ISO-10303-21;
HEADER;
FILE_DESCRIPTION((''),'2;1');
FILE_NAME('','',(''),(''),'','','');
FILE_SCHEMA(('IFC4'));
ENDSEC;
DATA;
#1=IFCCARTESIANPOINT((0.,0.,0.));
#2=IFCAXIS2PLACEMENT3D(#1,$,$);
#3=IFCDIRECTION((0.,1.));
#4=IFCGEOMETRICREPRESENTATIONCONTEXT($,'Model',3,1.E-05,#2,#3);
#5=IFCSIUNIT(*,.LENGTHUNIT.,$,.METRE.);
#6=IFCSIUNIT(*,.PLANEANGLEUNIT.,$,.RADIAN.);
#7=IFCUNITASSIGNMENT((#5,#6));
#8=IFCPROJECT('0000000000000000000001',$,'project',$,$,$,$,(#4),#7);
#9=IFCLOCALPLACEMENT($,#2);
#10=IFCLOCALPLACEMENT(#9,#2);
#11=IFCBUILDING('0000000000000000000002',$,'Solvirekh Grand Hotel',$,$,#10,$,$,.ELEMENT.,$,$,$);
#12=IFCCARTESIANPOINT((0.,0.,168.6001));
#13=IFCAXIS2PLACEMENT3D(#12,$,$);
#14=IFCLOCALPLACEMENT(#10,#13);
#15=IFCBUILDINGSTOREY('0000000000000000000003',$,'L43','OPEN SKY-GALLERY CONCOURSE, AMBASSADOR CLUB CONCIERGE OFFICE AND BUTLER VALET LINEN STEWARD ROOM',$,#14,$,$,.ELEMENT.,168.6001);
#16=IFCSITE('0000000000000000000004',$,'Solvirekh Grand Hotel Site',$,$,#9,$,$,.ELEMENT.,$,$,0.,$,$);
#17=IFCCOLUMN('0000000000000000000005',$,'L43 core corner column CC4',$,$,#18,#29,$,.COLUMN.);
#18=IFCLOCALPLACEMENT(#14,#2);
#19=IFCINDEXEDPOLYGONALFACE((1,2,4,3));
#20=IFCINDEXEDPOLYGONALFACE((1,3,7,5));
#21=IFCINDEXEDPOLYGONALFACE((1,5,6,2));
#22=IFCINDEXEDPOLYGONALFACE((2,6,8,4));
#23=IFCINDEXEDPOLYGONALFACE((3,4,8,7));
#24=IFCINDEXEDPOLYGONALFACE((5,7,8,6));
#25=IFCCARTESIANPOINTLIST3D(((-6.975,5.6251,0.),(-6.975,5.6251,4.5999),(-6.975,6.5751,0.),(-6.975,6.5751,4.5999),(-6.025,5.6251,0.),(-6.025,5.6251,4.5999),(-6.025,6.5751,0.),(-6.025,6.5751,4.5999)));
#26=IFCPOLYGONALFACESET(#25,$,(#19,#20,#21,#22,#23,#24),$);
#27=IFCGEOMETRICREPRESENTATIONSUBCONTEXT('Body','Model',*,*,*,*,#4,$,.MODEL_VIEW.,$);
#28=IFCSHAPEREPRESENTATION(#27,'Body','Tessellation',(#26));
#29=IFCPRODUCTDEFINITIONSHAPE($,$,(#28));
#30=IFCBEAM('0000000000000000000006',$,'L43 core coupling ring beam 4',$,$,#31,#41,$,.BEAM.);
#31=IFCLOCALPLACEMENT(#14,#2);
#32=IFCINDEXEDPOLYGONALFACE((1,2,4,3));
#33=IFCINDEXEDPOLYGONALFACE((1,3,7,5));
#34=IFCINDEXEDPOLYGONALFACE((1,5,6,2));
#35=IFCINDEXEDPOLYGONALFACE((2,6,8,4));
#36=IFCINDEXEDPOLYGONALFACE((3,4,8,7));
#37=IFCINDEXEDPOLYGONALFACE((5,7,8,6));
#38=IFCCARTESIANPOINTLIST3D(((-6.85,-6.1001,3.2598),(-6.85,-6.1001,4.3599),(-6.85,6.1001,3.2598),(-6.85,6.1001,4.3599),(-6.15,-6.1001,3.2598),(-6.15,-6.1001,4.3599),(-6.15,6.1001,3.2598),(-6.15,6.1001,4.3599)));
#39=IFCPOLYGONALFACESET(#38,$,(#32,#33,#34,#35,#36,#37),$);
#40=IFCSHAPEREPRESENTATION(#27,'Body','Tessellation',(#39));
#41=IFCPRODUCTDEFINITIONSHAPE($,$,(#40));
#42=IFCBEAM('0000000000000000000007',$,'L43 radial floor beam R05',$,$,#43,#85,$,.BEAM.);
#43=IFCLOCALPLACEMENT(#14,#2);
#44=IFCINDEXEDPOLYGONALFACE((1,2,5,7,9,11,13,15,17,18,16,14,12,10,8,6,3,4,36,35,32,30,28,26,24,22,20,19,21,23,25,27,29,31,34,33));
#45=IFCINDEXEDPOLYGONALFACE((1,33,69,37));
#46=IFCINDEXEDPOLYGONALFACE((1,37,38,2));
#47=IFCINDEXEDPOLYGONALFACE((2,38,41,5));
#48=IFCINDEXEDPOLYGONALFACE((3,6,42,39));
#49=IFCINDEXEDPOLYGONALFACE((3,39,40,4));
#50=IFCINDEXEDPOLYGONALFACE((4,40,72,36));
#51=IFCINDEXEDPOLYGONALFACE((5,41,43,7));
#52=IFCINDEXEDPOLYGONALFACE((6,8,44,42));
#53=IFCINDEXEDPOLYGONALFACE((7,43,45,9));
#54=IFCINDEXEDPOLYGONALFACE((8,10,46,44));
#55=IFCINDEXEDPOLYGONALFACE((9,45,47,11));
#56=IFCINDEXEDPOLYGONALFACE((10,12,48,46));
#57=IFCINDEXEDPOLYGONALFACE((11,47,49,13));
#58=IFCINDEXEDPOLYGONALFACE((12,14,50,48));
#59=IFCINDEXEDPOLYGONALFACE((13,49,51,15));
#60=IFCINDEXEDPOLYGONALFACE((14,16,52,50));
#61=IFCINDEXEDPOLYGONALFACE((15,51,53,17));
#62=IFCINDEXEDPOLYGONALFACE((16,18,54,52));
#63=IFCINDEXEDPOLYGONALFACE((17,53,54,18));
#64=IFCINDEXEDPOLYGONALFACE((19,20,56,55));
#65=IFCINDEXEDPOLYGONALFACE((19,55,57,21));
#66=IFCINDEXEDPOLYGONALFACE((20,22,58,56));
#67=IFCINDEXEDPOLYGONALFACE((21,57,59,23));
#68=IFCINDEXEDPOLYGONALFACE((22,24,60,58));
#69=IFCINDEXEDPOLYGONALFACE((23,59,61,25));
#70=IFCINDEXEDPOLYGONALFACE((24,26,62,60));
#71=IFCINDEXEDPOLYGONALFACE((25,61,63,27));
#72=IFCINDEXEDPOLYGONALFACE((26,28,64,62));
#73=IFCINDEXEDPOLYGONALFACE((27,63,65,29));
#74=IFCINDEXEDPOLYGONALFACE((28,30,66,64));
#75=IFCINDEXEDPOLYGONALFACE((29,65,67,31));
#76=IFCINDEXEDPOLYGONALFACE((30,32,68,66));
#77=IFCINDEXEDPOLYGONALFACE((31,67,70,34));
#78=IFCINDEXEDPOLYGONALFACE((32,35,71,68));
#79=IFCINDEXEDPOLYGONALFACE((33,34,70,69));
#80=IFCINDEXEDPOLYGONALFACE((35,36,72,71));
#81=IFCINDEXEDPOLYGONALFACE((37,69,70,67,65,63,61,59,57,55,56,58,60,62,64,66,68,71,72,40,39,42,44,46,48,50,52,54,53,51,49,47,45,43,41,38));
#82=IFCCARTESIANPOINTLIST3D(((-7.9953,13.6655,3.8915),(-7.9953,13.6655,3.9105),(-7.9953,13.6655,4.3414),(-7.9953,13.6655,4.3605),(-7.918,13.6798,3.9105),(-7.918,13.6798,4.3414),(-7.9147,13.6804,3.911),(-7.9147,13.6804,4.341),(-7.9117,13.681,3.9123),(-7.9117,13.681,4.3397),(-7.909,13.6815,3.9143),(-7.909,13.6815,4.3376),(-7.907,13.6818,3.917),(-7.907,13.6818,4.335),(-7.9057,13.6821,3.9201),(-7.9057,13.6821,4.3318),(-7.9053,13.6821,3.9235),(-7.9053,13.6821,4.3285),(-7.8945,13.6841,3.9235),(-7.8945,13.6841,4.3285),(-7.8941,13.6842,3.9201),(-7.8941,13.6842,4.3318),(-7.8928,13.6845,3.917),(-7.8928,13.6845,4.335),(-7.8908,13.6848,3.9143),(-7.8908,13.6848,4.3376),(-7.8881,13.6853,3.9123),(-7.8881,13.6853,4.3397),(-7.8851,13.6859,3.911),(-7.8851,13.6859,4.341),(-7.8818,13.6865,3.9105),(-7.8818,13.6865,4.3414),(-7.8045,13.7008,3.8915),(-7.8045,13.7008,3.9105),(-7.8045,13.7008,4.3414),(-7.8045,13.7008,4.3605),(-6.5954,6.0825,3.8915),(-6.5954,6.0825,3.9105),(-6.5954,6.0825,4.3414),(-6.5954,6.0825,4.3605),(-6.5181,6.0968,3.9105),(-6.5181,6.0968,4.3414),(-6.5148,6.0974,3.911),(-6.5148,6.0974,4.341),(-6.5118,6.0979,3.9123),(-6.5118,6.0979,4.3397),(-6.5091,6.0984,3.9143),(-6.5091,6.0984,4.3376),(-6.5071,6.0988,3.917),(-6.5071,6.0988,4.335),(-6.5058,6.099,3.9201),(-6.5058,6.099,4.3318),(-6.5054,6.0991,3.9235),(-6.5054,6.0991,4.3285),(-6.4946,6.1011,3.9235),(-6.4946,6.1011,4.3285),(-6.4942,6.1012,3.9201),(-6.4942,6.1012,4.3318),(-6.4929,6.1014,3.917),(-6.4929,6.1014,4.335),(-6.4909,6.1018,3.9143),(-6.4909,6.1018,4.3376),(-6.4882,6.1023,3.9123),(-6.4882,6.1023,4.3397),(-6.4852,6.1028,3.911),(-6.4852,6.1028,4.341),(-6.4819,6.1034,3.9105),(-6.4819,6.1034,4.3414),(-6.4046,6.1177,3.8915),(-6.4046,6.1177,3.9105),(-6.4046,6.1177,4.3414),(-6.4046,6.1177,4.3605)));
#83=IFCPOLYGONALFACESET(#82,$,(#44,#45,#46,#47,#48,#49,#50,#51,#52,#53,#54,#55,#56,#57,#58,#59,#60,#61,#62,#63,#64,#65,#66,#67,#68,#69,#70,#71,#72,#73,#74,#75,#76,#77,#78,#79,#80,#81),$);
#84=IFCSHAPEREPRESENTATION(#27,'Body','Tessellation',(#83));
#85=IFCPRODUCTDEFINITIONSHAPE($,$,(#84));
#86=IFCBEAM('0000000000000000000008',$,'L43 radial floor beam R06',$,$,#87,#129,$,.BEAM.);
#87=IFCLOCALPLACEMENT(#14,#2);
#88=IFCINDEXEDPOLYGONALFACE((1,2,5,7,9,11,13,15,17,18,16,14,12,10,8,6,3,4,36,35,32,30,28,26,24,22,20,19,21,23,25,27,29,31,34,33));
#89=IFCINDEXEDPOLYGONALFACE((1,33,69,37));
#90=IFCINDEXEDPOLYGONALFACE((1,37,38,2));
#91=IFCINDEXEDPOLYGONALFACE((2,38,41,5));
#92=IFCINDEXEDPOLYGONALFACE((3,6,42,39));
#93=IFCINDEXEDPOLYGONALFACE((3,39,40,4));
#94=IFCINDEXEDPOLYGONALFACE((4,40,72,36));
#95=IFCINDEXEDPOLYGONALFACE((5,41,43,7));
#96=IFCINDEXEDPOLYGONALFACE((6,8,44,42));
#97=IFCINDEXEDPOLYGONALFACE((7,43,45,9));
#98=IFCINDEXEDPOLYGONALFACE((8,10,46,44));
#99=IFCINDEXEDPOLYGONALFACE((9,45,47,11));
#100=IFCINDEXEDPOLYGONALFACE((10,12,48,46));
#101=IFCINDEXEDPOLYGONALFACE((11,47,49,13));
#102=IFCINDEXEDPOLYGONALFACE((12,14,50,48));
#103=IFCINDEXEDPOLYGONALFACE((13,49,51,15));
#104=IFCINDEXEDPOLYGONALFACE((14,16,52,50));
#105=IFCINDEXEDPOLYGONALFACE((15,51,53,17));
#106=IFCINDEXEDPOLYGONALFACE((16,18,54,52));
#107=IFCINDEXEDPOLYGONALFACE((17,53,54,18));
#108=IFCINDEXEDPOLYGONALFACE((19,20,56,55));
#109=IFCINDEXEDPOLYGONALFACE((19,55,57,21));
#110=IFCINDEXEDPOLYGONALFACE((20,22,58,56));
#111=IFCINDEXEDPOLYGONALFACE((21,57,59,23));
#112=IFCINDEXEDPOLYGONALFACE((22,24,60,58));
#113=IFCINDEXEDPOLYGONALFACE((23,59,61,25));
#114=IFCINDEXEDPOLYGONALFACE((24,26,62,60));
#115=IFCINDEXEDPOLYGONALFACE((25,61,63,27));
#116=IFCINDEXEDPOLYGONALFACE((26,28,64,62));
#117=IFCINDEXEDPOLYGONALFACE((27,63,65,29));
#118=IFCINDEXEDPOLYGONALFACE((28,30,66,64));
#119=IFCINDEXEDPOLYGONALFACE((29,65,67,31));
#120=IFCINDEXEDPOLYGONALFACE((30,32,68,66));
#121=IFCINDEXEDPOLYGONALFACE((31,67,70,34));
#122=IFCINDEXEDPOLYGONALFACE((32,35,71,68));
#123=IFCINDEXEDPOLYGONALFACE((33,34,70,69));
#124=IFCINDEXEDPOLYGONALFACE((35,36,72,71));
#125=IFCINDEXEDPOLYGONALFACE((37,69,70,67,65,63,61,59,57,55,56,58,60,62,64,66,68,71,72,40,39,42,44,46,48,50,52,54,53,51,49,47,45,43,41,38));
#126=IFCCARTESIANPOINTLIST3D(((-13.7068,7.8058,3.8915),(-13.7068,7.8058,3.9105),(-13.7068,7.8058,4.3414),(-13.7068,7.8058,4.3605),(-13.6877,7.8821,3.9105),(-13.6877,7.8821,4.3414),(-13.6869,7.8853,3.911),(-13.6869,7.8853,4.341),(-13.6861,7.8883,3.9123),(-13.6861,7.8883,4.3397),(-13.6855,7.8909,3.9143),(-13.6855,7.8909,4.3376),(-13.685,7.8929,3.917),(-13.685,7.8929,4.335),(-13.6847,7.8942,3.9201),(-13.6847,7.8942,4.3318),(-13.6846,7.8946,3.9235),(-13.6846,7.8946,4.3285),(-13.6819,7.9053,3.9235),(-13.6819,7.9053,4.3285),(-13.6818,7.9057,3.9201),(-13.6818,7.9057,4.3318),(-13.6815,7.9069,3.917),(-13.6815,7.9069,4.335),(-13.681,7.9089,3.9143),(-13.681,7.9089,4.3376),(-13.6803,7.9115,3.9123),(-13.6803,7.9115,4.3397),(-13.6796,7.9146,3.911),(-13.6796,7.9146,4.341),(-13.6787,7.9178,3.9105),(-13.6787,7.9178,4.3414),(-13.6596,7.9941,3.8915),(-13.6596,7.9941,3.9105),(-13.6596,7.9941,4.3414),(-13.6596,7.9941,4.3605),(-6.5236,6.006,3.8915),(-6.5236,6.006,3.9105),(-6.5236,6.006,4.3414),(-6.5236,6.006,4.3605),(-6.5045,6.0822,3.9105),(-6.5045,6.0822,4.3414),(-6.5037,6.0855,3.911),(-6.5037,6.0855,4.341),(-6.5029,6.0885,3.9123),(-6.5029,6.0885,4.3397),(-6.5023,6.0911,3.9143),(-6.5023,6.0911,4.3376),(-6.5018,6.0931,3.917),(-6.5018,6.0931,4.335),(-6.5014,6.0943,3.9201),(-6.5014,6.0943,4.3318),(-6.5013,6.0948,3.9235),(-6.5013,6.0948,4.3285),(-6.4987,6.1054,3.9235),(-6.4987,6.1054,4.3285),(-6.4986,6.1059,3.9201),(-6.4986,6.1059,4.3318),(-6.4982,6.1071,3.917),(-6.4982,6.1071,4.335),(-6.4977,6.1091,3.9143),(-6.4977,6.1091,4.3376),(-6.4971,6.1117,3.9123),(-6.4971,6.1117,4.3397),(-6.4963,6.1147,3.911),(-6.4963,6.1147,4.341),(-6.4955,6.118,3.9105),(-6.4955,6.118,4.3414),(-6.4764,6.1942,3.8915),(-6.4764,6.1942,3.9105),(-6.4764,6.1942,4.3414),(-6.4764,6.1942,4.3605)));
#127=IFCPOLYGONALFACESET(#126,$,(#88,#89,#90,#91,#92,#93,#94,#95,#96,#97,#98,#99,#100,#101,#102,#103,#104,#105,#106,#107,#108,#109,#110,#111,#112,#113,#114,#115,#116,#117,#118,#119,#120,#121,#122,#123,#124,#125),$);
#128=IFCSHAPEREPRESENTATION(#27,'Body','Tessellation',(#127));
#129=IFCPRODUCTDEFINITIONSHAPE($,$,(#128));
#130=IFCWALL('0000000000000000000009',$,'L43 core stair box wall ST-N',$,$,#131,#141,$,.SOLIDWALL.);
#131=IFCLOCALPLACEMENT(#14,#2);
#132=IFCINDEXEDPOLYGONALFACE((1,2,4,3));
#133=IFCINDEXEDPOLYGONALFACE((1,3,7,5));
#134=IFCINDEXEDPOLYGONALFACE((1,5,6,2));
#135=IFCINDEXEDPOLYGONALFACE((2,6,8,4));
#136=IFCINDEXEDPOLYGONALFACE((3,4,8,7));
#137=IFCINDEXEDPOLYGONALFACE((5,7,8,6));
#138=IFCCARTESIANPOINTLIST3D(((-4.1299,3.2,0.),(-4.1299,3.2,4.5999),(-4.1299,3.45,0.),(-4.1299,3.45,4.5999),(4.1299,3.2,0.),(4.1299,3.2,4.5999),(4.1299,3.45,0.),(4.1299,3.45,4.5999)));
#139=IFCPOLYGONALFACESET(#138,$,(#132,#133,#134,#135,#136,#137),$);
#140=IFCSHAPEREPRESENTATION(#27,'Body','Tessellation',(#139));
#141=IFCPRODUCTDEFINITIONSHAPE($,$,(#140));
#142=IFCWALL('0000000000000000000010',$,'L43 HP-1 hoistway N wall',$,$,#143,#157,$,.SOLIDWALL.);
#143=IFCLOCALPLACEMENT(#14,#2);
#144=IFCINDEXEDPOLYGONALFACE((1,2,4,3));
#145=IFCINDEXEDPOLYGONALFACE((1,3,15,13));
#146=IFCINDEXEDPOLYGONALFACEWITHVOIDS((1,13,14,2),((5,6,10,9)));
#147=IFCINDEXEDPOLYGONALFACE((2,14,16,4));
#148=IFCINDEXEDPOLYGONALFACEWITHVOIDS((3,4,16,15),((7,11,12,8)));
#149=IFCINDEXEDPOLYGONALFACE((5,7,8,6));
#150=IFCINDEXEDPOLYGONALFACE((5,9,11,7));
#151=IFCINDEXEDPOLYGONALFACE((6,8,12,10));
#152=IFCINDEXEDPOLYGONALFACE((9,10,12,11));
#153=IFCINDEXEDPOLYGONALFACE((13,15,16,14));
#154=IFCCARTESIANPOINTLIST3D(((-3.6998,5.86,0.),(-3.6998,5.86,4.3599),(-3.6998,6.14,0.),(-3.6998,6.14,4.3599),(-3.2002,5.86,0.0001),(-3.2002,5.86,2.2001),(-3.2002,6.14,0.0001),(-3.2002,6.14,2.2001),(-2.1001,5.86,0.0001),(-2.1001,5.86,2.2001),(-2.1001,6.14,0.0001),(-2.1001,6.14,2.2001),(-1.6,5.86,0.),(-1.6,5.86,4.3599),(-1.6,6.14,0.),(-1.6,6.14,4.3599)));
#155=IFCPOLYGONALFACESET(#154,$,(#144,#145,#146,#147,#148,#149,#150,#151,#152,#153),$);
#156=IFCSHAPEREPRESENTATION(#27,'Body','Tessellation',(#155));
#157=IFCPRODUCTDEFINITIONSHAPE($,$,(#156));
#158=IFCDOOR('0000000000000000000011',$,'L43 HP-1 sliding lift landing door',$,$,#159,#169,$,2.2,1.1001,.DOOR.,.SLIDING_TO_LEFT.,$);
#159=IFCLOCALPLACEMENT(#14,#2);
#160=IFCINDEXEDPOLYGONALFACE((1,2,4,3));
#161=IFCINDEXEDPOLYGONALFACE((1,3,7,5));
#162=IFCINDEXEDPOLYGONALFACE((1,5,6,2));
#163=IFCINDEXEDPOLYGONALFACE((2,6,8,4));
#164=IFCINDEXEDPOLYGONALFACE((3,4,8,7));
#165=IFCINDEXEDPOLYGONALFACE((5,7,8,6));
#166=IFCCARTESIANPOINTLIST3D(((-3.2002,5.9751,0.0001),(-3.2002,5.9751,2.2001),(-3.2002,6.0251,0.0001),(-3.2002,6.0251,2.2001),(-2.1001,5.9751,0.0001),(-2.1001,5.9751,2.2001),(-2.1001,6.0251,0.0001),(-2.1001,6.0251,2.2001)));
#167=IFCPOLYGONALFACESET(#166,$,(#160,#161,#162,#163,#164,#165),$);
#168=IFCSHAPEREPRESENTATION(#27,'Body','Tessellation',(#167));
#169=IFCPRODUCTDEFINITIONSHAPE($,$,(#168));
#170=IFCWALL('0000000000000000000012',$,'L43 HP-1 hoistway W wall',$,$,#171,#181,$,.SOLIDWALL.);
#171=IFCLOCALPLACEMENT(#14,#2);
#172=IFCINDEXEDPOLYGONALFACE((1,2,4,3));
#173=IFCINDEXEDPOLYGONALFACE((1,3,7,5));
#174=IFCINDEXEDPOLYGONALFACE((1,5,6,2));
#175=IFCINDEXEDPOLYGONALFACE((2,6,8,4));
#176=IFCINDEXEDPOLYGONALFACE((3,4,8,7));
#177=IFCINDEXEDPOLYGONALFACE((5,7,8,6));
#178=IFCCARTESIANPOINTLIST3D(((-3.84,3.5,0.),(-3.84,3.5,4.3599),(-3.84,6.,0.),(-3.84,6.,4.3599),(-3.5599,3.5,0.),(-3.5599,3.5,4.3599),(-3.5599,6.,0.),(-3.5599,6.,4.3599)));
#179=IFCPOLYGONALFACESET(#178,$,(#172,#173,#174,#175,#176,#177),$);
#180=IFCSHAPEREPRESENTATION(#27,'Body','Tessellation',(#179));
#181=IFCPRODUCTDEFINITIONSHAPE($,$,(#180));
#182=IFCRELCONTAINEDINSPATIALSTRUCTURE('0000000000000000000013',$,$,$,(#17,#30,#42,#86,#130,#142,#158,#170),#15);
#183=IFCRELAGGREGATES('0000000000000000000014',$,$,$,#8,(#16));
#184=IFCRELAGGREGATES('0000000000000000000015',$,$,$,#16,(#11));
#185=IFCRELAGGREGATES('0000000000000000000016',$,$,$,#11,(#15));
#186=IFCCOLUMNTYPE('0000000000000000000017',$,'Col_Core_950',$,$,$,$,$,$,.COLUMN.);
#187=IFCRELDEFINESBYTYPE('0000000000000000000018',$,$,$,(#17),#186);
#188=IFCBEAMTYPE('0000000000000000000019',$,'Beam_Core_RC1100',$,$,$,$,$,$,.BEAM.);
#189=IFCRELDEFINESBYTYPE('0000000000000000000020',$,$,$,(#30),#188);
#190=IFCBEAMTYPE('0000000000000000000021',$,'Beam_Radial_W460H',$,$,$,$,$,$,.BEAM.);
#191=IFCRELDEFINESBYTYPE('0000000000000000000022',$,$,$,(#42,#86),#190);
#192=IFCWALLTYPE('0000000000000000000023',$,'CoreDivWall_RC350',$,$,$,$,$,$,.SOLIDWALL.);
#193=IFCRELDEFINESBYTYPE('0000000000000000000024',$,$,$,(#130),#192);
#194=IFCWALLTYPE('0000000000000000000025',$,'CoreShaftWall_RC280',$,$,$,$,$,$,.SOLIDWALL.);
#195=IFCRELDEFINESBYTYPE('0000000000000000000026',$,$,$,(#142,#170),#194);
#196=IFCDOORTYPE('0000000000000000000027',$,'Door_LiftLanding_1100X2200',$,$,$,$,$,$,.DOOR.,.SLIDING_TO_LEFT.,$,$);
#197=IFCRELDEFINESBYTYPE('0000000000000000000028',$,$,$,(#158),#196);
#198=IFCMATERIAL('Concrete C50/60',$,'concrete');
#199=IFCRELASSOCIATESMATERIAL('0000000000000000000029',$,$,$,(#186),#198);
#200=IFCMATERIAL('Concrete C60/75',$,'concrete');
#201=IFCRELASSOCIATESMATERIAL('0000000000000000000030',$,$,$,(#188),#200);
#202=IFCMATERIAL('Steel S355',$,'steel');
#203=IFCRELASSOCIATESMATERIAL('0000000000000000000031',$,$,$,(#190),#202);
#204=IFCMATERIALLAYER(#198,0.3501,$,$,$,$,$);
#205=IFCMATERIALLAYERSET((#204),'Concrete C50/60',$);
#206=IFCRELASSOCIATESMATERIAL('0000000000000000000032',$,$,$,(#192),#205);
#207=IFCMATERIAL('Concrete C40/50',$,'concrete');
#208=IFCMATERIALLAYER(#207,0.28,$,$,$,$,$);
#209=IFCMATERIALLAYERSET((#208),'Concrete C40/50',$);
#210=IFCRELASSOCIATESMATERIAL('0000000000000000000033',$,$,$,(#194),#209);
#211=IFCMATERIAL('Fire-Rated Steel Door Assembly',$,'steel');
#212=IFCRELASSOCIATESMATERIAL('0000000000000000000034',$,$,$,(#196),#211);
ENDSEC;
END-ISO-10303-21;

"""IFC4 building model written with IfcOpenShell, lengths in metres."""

from ifc_helpers import new_model, si_unit, direction, frame, frame_2d, origin, origin_2d, place, context, subcontext, project, spatial, rectangle, i_section, extrude, material, layer, layer_set, material_profile, profile_set, type_object, element, fill, save


model = new_model("IFC4")

# Units and contexts
model_context = context("Model", 3, precision=1e-05, world=origin(), true_north=direction((0.0, 1.0)))
body_context = subcontext(model_context, "Body", "Model", "MODEL_VIEW")
ifc_project = project(units=[si_unit("LENGTHUNIT", "METRE"), si_unit("PLANEANGLEUNIT", "RADIAN")], contexts=[model_context])

# Site, building, storey
site_placement = place(None, origin())
site = spatial("IfcSite", under=ifc_project, at=site_placement, Name="Solvirekh Grand Hotel Site", CompositionType="ELEMENT", RefElevation=0.0)
building_placement = place(site_placement, origin())
building = spatial("IfcBuilding", under=site, at=building_placement, Name="Solvirekh Grand Hotel", CompositionType="ELEMENT")
storey_placement = place(building_placement, frame((0.0, 0.0, 168.6001)))
storey = spatial("IfcBuildingStorey", under=building, at=storey_placement, Name="L43", Description="OPEN SKY-GALLERY CONCOURSE, AMBASSADOR CLUB CONCIERGE OFFICE AND BUTLER VALET LINEN STEWARD ROOM", CompositionType="ELEMENT", Elevation=168.6001)

# Column
ifc_material_1 = material(Name="Concrete C50/60", Category="concrete")
ifc_material_profile_1 = material_profile(ifc_material_1, rectangle(XDim=0.95, YDim=0.95, at=origin_2d()), Name="RC 950X950")
ifc_profile_set_1 = profile_set([ifc_material_profile_1], Name="Concrete C50/60")
column_type = type_object("IfcColumnType", Name="Col_Core_950", PredefinedType="COLUMN", material=ifc_profile_set_1)
column_placement = place(storey_placement, frame((-6.5, 6.1001, 0.0), z_axis=(0.0, 0.0, 1.0), x_axis=(1.0, 0.0, 0.0)))
element("IfcColumn", 1, at=column_placement, inside=storey, type_object=column_type, Name="L43 core corner column CC4", PredefinedType="COLUMN", context=body_context, shape_type="SweptSolid", body=[
    extrude(rectangle(XDim=0.95, YDim=0.95, at=origin_2d()), origin(), (0.0, 0.0, 1.0), 4.5999),
])

# Beams
ifc_material_2 = material(Name="Concrete C60/75", Category="concrete")
ifc_material_profile_2 = material_profile(ifc_material_2, rectangle(XDim=0.7, YDim=1.1001, at=origin_2d()), Name="RC BEAM 700X1100")
ifc_profile_set_2 = profile_set([ifc_material_profile_2], Name="Concrete C60/75")
beam_type_1 = type_object("IfcBeamType", Name="Beam_Core_RC1100", PredefinedType="BEAM", material=ifc_profile_set_2)
beam_1_placement = place(storey_placement, frame((-6.5, 6.1001, 3.8098), z_axis=(0.0, -1.0, 0.0), x_axis=(1.0, 0.0, 0.0)))
element("IfcBeam", 2, at=beam_1_placement, inside=storey, type_object=beam_type_1, Name="L43 core coupling ring beam 4", PredefinedType="BEAM", context=body_context, shape_type="SweptSolid", body=[
    extrude(rectangle(XDim=0.7, YDim=1.1001, at=origin_2d()), origin(), (0.0, 0.0, 1.0), 12.2002),
])
ifc_material_3 = material(Name="Steel S355", Category="steel")
ifc_material_profile_3 = material_profile(ifc_material_3, i_section(OverallWidth=0.1941, OverallDepth=0.469, WebThickness=0.011, FlangeThickness=0.019, FilletRadius=0.0129, at=origin_2d()), Name="W460X106")
ifc_profile_set_3 = profile_set([ifc_material_profile_3], Name="Steel S355")
beam_type_2 = type_object("IfcBeamType", Name="Beam_Radial_W460H", PredefinedType="BEAM", material=ifc_profile_set_3)
beam_2_placement = place(storey_placement, frame((-6.5, 6.1001, 4.126), z_axis=(-0.181543, 0.983383, 0.0), x_axis=(-0.983383, -0.181543, 0.0)))
element("IfcBeam", 3, at=beam_2_placement, inside=storey, type_object=beam_type_2, Name="L43 radial floor beam R05", PredefinedType="BEAM", context=body_context, shape_type="SweptSolid", body=[
    extrude(i_section(OverallWidth=0.1941, OverallDepth=0.469, WebThickness=0.011, FlangeThickness=0.019, FilletRadius=0.0129, at=origin_2d()), origin(), (0.0, 0.0, 1.0), 7.7112),
])
beam_3_placement = place(storey_placement, frame((-6.5, 6.1001, 4.126), z_axis=(-0.970014, 0.243048, 0.0), x_axis=(-0.243048, -0.970014, 0.0)))
element("IfcBeam", 4, at=beam_3_placement, inside=storey, type_object=beam_type_2, Name="L43 radial floor beam R06", PredefinedType="BEAM", context=body_context, shape_type="SweptSolid", body=[
    extrude(i_section(OverallWidth=0.1941, OverallDepth=0.469, WebThickness=0.011, FlangeThickness=0.019, FilletRadius=0.0129, at=origin_2d()), origin(), (0.0, 0.0, 1.0), 7.4053),
])

# Wall
ifc_layer_1 = layer(ifc_material_1, 0.3501)
ifc_layer_set_1 = layer_set([ifc_layer_1], Name="Concrete C50/60")
wall_type_1 = type_object("IfcWallType", Name="CoreDivWall_RC350", PredefinedType="SOLIDWALL", material=ifc_layer_set_1)
wall_1_placement = place(storey_placement, frame((-4.1299, 3.325, 0.0), z_axis=(0.0, 0.0, 1.0), x_axis=(1.0, 0.0, 0.0)))
element("IfcWall", 5, at=wall_1_placement, inside=storey, type_object=wall_type_1, Name="L43 core stair box wall ST-N", PredefinedType="SOLIDWALL", context=body_context, shape_type="SweptSolid", body=[
    extrude(rectangle(XDim=8.2598, YDim=0.25, at=frame_2d((4.1299, 0.0))), origin(), (0.0, 0.0, 1.0), 4.5999),
])

# Wall, opening, door
ifc_material_4 = material(Name="Concrete C40/50", Category="concrete")
ifc_layer_2 = layer(ifc_material_4, 0.28)
ifc_layer_set_2 = layer_set([ifc_layer_2], Name="Concrete C40/50")
wall_type_2 = type_object("IfcWallType", Name="CoreShaftWall_RC280", PredefinedType="SOLIDWALL", material=ifc_layer_set_2)
wall_2_placement = place(storey_placement, frame((-1.6001, 6.0, 0.0), z_axis=(0.0, 0.0, 1.0), x_axis=(-1.0, 0.0, 0.0)))
wall_2 = element("IfcWall", 6, at=wall_2_placement, inside=storey, type_object=wall_type_2, Name="L43 HP-1 hoistway N wall", PredefinedType="SOLIDWALL", context=body_context, shape_type="SweptSolid", body=[
    extrude(rectangle(XDim=2.0999, YDim=0.28, at=frame_2d((1.0498, 0.0))), origin(), (0.0, 0.0, 1.0), 4.3599),
])
opening_1_placement = place(wall_2_placement, frame((0.5, 0.0, 0.0)))
opening_1 = element("IfcOpeningElement", 7, at=opening_1_placement, cuts=wall_2, PredefinedType="OPENING", context=body_context, shape_type="SweptSolid", body=[
    extrude(rectangle(XDim=1.1001, YDim=2.2, at=frame_2d((0.55, 1.1001))), frame((0.0, 0.1499, 0.0), z_axis=(0.0, -1.0, 0.0), x_axis=(1.0, 0.0, 0.0)), (0.0, 0.0, 1.0), 0.3),
])
ifc_material_5 = material(Name="Fire-Rated Steel Door Assembly", Category="steel")
door_type_1 = type_object("IfcDoorType", Name="Door_LiftLanding_1100X2200", OperationType="SLIDING_TO_LEFT", PredefinedType="DOOR", material=ifc_material_5)
door_1_placement = place(opening_1_placement, origin())
door_1 = element("IfcDoor", 8, at=door_1_placement, inside=storey, type_object=door_type_1, Name="L43 HP-1 sliding lift landing door", OperationType="SLIDING_TO_LEFT", OverallHeight=2.2, OverallWidth=1.1001, PredefinedType="DOOR", context=body_context, shape_type="SweptSolid", body=[
    extrude(rectangle(XDim=1.1001, YDim=2.2, at=frame_2d((0.55, 1.1001))), frame((0.0, 0.0249, 0.0), z_axis=(0.0, -1.0, 0.0), x_axis=(1.0, 0.0, 0.0)), (0.0, 0.0, 1.0), 0.05),
])
fill(opening_1, door_1)

# Wall
for number, where, z_axis, x_axis, name in (
    (9, (-3.7, 6.0, 0.0), (0.0, 0.0, 1.0), (0.0, -1.0, 0.0), "L43 HP-1 hoistway W wall"),
):
    element("IfcWall", number, at=place(storey_placement, frame(where, z_axis=z_axis, x_axis=x_axis)), inside=storey, type_object=wall_type_2, Name=name, PredefinedType="SOLIDWALL", context=body_context, shape_type="SweptSolid", body=[
        extrude(rectangle(XDim=2.5, YDim=0.28, at=frame_2d((1.25, 0.0))), origin(), (0.0, 0.0, 1.0), 4.3599),
    ])

save(model, "model.ifc")
